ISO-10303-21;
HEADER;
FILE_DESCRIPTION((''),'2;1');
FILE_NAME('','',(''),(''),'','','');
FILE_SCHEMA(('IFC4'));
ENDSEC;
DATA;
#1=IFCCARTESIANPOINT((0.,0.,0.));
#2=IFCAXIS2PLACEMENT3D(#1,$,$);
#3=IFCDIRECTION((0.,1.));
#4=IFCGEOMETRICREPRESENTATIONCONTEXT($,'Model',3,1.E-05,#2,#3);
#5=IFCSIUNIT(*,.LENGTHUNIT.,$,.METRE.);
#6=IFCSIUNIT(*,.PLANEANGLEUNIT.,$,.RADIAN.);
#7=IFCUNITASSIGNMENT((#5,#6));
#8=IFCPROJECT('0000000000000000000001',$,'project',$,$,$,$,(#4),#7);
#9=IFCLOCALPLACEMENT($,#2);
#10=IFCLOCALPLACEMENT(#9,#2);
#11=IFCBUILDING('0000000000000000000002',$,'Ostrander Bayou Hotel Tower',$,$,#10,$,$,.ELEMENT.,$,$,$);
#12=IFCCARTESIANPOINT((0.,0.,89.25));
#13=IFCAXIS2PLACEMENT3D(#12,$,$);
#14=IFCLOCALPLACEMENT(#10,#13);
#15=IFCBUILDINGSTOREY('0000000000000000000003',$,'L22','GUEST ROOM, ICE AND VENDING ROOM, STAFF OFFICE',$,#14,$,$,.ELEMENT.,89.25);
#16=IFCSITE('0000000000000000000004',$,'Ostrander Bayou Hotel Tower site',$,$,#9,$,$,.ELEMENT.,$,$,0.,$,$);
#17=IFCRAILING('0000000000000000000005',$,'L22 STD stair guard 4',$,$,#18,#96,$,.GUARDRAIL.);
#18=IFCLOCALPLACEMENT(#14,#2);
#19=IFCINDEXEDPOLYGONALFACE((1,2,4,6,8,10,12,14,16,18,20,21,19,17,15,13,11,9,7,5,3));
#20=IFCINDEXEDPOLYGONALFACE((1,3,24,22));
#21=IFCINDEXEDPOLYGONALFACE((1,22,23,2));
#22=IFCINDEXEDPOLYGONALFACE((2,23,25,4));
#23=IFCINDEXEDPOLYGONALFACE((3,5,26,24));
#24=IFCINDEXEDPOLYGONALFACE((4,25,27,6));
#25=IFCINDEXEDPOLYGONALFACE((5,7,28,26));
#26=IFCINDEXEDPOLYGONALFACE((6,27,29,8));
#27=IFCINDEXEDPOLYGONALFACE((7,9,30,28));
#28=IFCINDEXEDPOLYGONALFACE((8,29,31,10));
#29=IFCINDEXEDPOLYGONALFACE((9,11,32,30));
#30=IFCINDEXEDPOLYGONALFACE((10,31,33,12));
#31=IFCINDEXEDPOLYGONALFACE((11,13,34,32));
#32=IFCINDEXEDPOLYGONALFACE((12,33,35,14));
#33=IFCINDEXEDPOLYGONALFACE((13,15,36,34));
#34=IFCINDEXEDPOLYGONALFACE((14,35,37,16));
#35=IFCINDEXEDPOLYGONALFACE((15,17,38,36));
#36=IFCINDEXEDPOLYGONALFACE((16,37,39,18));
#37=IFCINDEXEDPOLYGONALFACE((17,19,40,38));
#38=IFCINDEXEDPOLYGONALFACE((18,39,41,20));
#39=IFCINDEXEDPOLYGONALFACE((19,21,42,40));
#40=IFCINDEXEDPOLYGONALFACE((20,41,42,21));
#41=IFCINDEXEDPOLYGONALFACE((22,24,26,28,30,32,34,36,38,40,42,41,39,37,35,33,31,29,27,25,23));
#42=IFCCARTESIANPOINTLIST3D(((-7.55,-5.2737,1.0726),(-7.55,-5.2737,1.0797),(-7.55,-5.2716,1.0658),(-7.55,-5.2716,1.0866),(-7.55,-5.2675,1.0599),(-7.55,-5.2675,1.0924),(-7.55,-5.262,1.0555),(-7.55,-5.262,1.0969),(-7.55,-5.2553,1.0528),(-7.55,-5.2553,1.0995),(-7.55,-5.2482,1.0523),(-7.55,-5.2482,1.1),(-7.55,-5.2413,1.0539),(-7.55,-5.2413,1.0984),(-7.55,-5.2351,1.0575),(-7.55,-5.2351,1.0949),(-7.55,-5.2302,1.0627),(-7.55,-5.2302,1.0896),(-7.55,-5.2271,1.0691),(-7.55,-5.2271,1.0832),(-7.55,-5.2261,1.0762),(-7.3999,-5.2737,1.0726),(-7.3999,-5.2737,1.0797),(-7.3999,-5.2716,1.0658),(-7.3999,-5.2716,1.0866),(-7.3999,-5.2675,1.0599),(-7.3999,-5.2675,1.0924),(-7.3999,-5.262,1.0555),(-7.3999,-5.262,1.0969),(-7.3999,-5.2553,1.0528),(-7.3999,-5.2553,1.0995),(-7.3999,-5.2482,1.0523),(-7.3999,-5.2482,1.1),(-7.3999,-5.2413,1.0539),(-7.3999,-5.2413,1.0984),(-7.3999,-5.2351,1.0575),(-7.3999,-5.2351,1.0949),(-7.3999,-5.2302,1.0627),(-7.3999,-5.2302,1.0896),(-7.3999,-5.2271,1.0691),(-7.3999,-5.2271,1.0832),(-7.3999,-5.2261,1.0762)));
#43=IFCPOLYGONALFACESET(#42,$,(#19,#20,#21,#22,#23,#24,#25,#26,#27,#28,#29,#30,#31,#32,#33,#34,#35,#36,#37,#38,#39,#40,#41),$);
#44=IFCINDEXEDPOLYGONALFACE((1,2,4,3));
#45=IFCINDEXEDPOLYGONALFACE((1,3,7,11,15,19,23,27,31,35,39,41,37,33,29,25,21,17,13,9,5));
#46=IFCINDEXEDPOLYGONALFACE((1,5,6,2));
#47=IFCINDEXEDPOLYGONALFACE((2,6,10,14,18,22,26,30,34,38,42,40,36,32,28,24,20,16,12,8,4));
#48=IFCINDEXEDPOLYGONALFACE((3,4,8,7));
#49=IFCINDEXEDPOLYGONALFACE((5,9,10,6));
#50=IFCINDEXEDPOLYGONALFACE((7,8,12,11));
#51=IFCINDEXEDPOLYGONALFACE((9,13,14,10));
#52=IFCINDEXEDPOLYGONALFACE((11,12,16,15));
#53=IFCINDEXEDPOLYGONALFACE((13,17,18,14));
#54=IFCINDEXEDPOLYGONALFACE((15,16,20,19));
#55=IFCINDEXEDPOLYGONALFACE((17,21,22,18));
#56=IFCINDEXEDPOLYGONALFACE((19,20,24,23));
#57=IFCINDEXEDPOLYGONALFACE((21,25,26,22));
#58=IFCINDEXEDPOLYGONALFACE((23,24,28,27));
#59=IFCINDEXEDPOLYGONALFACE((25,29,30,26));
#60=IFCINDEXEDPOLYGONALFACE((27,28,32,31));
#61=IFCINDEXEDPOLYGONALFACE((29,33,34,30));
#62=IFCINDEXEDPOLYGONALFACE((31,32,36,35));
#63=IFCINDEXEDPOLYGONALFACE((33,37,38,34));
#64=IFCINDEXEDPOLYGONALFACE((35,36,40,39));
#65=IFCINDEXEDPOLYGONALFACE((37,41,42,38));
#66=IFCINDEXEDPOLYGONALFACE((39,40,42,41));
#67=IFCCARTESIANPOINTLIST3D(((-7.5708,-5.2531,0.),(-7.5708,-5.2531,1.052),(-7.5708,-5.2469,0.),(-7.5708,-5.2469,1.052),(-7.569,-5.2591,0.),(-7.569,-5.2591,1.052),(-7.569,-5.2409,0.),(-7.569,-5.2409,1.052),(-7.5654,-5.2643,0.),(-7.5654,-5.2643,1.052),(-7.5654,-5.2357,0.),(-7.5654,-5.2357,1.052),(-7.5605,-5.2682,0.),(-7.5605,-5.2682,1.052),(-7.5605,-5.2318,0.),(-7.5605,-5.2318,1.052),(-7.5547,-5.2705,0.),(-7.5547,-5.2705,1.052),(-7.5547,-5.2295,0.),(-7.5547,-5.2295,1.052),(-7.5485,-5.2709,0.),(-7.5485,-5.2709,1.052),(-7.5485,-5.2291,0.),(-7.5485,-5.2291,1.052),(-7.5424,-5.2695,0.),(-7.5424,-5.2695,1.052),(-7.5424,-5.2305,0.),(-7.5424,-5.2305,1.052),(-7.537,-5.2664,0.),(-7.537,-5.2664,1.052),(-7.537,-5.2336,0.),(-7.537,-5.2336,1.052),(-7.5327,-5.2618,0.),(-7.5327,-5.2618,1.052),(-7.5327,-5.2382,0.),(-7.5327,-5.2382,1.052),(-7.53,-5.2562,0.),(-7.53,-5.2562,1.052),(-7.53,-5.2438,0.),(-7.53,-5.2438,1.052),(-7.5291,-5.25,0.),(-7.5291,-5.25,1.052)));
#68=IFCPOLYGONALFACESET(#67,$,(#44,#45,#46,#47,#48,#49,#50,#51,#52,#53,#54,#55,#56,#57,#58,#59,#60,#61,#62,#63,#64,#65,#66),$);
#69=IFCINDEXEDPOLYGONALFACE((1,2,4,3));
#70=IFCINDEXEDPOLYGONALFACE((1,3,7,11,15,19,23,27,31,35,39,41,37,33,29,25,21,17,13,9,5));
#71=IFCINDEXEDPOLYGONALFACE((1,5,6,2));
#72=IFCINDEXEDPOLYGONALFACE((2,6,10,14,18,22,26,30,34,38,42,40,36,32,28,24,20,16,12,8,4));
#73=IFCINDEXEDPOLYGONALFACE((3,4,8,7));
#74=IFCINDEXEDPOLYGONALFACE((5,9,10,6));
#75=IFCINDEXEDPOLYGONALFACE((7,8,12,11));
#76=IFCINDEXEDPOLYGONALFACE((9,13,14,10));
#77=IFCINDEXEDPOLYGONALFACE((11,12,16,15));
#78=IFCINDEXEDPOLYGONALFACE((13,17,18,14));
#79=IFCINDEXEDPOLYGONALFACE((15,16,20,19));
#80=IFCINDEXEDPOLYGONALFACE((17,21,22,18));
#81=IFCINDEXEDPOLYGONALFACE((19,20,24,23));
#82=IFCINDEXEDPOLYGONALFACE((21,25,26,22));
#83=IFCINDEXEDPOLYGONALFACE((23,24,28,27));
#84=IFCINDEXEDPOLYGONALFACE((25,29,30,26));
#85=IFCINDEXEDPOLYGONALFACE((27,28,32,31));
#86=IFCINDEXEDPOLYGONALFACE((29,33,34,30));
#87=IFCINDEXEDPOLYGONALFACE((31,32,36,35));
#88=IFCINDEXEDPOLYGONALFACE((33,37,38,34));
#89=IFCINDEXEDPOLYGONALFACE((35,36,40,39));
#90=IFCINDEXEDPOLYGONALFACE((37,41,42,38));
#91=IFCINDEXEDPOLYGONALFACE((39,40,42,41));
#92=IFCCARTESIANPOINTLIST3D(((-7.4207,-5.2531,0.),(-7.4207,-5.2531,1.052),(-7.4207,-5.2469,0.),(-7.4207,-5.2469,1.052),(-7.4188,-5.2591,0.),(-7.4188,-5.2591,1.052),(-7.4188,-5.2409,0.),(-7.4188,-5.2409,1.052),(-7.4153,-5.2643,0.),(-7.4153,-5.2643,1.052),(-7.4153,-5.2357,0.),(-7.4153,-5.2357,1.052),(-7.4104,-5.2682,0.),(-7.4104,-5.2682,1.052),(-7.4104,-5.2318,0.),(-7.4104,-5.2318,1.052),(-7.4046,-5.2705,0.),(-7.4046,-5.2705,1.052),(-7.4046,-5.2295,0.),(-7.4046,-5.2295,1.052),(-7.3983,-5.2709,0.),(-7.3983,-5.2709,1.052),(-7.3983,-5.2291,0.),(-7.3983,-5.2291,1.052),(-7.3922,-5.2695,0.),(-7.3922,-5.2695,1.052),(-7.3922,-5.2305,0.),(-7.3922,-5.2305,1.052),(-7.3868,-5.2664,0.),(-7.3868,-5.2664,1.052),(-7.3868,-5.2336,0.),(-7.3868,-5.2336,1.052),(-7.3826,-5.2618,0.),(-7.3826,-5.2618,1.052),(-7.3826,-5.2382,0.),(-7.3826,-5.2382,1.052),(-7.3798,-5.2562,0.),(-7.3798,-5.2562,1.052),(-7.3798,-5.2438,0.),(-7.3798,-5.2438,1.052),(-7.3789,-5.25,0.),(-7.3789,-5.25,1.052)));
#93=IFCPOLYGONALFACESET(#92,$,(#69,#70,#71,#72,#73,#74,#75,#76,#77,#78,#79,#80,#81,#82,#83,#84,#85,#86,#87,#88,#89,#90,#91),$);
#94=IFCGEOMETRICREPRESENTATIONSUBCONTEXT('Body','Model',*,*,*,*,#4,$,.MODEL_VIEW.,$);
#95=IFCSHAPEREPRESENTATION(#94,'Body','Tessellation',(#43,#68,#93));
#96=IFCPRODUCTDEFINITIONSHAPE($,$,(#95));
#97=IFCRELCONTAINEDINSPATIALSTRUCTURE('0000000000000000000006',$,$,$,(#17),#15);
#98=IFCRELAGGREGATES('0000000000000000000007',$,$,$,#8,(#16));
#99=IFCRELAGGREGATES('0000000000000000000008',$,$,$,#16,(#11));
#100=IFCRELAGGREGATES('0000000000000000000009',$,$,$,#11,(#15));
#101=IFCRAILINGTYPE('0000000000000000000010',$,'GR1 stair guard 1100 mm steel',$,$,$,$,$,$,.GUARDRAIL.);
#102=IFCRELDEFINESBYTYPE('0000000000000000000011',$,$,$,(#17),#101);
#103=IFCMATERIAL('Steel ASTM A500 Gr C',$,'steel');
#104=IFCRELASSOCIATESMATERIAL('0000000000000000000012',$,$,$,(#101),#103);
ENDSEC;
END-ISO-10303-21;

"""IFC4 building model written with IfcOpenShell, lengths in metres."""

from ifc_helpers import new_model, si_unit, direction, frame, origin, origin_2d, place, context, subcontext, project, spatial, circle, extrude, material, type_object, element, save


model = new_model("IFC4")

# Units and contexts
model_context = context("Model", 3, precision=1e-05, world=origin(), true_north=direction((0.0, 1.0)))
body_context = subcontext(model_context, "Body", "Model", "MODEL_VIEW")
ifc_project = project(units=[si_unit("LENGTHUNIT", "METRE"), si_unit("PLANEANGLEUNIT", "RADIAN")], contexts=[model_context])

# Site, building, storey
site_placement = place(None, origin())
site = spatial("IfcSite", under=ifc_project, at=site_placement, Name="Ostrander Bayou Hotel Tower site", CompositionType="ELEMENT", RefElevation=0.0)
building_placement = place(site_placement, origin())
building = spatial("IfcBuilding", under=site, at=building_placement, Name="Ostrander Bayou Hotel Tower", CompositionType="ELEMENT")
storey_placement = place(building_placement, frame((0.0, 0.0, 89.25)))
storey = spatial("IfcBuildingStorey", under=building, at=storey_placement, Name="L22", Description="GUEST ROOM, ICE AND VENDING ROOM, STAFF OFFICE", CompositionType="ELEMENT", Elevation=89.25)

# Railing
ifc_material_1 = material(Name="Steel ASTM A500 Gr C", Category="steel")
railing_type_1 = type_object("IfcRailingType", Name="GR1 stair guard 1100 mm steel", PredefinedType="GUARDRAIL", material=ifc_material_1)
railing_1_placement = place(storey_placement, frame((-7.55, -5.25, 0.0)))
element("IfcRailing", 1, at=railing_1_placement, inside=storey, type_object=railing_type_1, Name="L22 STD stair guard 4", PredefinedType="GUARDRAIL", context=body_context, shape_type="SweptSolid", body=[
    extrude(circle(Radius=0.0239, at=origin_2d()), frame((0.0, 0.0, 1.0762), z_axis=(1.0, 0.0, 0.0), x_axis=(0.0, 1.0, 0.0)), (0.0, 0.0, 1.0), 0.1501),
    extrude(circle(Radius=0.021, at=origin_2d()), origin(), (0.0, 0.0, 1.0), 1.052),
    extrude(circle(Radius=0.021, at=origin_2d()), frame((0.1501, 0.0, 0.0)), (0.0, 0.0, 1.0), 1.052),
])

save(model, "model.ifc")
